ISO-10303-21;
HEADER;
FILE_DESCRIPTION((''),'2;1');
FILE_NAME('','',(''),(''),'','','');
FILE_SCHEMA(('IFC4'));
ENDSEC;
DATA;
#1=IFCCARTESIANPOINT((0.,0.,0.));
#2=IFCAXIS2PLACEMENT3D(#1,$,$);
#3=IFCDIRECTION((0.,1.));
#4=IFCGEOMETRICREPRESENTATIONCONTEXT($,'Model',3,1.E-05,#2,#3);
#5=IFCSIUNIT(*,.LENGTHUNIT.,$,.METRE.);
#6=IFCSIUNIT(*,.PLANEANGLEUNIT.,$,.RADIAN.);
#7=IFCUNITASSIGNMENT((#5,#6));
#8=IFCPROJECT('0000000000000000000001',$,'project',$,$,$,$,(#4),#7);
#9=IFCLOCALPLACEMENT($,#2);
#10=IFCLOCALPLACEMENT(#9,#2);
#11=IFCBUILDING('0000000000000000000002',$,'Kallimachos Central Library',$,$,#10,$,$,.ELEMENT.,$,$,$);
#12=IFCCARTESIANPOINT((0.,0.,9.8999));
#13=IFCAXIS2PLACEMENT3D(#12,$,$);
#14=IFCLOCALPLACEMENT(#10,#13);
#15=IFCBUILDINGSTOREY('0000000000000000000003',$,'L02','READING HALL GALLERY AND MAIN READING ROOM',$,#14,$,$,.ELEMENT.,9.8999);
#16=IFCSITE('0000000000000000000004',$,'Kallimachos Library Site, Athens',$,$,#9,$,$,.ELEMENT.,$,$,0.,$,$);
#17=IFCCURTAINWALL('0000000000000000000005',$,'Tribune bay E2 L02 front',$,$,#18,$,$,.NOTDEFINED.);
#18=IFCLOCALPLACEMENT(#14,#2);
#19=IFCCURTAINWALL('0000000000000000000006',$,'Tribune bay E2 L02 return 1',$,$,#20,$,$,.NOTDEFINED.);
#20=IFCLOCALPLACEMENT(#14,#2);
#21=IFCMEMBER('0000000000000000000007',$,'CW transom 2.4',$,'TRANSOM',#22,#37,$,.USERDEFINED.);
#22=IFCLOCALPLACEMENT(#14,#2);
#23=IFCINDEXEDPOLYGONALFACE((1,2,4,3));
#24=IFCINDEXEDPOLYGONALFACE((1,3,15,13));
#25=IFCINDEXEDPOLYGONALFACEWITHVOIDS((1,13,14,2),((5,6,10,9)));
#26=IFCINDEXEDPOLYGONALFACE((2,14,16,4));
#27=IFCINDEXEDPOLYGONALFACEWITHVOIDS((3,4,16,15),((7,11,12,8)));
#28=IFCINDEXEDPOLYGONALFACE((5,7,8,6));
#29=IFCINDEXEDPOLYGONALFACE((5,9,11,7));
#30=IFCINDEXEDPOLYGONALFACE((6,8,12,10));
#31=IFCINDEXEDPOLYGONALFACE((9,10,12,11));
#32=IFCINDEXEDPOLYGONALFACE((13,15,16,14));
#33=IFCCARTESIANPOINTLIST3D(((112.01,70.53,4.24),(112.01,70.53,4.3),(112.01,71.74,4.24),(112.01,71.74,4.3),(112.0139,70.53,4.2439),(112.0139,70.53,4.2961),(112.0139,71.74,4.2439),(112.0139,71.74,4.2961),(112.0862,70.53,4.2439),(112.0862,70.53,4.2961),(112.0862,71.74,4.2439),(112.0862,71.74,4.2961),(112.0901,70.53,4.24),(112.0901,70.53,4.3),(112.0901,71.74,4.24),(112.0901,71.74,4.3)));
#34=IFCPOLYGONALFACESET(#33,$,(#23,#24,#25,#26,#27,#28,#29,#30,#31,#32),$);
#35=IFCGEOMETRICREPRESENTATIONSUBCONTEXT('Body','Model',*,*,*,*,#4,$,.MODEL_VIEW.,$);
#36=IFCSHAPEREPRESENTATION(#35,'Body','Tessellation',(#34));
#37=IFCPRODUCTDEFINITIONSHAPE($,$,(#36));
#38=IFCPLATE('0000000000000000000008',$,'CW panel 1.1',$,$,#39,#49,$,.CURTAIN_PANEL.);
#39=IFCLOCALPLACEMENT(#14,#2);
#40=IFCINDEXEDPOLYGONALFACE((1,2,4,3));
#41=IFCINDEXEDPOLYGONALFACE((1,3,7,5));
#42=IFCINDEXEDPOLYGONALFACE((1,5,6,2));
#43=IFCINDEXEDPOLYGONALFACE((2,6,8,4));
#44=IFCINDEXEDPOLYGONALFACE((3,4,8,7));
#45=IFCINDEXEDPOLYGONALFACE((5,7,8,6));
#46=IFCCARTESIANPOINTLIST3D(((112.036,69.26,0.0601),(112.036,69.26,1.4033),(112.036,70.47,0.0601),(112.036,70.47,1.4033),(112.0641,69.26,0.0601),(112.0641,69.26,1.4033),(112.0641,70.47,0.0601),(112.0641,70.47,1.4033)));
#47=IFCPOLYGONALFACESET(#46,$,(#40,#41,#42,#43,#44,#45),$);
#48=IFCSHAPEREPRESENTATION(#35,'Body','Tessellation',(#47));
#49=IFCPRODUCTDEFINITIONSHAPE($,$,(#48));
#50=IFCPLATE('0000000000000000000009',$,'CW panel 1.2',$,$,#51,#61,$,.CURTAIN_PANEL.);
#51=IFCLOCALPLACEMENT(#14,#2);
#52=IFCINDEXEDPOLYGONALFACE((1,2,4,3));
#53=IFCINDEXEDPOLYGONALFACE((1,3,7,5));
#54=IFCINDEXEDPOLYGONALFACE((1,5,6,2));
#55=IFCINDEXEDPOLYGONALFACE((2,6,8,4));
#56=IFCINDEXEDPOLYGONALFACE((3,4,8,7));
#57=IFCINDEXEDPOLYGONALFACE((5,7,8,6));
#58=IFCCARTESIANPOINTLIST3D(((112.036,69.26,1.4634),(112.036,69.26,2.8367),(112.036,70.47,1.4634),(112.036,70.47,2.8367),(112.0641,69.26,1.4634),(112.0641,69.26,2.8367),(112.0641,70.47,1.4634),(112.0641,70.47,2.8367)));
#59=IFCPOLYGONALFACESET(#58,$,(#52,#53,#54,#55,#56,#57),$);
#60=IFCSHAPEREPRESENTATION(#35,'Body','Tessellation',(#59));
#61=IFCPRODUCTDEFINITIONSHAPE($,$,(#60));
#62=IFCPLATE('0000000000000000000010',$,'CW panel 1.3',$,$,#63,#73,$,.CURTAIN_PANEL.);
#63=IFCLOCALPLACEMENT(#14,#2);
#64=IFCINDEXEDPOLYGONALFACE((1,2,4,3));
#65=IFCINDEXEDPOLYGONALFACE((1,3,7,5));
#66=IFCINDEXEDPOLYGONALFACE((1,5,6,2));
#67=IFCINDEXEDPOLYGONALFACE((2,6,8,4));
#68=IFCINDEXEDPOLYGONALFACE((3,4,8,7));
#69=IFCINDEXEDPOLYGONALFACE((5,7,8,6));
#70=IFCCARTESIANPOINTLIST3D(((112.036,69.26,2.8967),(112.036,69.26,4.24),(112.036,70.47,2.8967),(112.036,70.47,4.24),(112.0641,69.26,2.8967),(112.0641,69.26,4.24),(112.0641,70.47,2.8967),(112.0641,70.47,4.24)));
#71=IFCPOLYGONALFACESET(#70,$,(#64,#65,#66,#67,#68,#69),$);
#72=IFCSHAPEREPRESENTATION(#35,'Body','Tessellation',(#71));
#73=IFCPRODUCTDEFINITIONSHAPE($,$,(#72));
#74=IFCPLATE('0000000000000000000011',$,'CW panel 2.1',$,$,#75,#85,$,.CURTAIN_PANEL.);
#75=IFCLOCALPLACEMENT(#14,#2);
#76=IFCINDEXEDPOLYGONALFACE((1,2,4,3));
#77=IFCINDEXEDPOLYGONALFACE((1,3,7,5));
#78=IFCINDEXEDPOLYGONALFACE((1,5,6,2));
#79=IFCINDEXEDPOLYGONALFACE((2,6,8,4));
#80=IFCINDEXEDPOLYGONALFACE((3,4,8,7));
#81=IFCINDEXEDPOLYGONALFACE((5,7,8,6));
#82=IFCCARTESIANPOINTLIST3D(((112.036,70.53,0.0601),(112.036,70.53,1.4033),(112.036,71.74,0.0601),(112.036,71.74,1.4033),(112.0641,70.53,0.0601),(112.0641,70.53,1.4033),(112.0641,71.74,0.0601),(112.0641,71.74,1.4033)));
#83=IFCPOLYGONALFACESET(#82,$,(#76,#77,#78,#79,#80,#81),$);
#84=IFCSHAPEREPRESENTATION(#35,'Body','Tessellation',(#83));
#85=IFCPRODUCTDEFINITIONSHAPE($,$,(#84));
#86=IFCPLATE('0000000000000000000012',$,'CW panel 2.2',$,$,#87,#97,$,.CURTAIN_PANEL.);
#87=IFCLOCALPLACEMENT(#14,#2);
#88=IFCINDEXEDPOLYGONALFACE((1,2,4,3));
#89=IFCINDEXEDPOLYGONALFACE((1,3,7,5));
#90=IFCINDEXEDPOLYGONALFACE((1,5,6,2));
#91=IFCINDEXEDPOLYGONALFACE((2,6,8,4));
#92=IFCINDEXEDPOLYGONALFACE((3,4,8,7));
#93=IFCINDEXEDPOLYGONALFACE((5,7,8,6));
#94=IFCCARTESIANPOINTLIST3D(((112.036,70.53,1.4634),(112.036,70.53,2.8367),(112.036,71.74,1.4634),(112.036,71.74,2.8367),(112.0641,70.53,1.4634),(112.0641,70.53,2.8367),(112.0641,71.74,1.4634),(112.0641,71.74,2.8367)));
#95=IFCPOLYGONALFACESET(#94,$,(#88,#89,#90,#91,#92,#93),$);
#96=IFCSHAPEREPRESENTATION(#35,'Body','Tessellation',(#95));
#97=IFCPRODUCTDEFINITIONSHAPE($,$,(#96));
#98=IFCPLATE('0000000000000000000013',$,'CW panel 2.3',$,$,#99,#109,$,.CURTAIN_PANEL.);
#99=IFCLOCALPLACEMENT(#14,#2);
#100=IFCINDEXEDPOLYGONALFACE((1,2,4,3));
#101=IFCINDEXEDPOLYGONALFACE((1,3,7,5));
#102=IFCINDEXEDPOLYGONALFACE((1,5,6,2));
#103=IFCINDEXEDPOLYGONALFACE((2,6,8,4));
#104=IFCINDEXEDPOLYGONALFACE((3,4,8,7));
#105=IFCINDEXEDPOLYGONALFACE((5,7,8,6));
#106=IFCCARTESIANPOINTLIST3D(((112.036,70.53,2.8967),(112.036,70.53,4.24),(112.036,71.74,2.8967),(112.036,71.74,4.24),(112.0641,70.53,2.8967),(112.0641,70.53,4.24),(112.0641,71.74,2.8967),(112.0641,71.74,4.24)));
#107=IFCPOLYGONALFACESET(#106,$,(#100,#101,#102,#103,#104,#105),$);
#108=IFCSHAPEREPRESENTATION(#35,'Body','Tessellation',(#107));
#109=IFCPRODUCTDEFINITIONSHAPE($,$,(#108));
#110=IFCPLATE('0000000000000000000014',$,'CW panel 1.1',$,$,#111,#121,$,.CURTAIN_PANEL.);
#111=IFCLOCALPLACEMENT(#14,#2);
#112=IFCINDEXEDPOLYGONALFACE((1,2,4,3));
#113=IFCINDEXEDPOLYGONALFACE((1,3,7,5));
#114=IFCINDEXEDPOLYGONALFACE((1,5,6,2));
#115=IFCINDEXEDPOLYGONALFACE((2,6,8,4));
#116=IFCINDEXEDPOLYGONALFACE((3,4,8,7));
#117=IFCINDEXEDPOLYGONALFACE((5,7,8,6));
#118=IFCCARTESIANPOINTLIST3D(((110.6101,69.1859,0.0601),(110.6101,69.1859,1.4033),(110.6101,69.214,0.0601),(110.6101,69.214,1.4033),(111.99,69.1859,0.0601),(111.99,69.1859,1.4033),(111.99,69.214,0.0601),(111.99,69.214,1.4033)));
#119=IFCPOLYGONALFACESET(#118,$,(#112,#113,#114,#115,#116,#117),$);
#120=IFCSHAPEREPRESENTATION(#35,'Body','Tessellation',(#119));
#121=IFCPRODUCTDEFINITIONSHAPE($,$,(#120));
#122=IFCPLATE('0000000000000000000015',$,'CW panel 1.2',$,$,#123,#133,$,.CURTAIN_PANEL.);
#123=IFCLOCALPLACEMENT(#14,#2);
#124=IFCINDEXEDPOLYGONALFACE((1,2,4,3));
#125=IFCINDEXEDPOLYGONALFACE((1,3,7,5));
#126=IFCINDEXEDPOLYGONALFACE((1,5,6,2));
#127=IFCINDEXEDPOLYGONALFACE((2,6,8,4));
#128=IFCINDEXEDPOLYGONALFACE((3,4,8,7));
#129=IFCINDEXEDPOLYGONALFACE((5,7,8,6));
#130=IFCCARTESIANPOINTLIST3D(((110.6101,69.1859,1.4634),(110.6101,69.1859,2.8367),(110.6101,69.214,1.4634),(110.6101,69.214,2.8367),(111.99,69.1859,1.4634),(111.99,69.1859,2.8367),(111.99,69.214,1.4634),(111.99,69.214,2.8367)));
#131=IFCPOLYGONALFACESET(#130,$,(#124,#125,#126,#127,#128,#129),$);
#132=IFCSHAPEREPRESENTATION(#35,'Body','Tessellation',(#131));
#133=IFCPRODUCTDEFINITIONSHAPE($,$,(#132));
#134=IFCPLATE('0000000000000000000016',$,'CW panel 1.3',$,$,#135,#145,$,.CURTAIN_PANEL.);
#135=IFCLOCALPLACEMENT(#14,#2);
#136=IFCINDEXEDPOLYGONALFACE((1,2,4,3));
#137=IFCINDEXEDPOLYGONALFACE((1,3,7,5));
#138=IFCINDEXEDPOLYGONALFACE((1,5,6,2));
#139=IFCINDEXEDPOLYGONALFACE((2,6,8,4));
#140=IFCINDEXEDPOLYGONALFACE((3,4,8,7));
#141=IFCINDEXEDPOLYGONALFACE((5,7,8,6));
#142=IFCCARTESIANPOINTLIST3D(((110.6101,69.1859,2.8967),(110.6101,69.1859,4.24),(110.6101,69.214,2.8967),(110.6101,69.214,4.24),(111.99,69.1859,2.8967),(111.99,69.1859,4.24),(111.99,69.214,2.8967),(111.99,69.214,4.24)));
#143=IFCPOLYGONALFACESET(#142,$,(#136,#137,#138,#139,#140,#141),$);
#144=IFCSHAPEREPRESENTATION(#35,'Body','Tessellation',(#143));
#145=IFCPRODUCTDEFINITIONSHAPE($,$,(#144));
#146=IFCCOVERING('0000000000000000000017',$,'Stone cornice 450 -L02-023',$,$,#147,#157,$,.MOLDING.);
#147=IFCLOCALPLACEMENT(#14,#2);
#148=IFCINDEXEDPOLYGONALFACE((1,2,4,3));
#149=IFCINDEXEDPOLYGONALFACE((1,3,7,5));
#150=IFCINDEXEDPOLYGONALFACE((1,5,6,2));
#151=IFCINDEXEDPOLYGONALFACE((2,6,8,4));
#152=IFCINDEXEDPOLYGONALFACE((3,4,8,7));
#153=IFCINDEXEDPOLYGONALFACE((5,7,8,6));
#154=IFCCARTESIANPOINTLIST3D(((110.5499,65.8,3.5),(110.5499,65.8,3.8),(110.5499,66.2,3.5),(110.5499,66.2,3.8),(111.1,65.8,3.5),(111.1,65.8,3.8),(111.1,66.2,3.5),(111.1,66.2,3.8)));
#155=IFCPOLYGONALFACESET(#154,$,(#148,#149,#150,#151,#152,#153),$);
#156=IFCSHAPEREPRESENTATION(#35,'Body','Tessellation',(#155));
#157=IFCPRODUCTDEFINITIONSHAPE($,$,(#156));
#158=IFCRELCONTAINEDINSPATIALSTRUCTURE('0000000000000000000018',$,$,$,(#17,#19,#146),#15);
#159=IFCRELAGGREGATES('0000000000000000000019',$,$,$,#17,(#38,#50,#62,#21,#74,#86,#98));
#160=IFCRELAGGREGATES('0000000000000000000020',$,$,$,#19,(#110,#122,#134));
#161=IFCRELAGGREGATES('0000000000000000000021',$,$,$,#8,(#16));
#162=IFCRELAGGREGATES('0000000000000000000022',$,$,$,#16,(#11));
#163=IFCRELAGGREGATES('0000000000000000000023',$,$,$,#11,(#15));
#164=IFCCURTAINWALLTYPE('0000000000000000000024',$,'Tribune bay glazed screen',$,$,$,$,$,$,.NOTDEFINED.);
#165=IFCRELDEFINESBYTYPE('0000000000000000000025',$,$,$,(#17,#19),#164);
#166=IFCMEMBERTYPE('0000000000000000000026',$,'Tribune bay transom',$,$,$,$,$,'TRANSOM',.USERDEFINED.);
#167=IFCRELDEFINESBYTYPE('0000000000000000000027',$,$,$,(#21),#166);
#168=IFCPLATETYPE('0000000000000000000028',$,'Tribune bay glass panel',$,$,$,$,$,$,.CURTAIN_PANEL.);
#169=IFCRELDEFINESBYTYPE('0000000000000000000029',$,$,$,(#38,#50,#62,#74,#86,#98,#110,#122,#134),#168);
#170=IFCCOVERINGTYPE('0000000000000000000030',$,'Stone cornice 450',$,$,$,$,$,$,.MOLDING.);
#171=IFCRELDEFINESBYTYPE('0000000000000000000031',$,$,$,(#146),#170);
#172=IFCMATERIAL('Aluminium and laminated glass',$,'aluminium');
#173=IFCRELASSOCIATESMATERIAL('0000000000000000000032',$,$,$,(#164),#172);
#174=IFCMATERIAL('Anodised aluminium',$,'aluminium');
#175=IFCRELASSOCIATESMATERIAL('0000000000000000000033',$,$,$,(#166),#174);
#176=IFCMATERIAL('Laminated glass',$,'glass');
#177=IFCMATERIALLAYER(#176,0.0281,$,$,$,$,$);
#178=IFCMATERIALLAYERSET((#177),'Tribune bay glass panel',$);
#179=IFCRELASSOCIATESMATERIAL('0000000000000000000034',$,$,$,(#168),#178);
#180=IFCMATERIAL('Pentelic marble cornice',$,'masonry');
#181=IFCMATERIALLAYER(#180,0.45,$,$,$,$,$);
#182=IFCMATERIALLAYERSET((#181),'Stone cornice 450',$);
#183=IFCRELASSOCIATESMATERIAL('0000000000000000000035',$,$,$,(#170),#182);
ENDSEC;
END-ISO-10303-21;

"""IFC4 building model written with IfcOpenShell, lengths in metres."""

from ifc_helpers import new_model, si_unit, direction, frame, origin, origin_2d, place, context, subcontext, project, spatial, rectangle, hollow_rectangle, extrude, material, layer, layer_set, material_profile, profile_set, type_object, element, aggregate, save


model = new_model("IFC4")

# Units and contexts
model_context = context("Model", 3, precision=1e-05, world=origin(), true_north=direction((0.0, 1.0)))
body_context = subcontext(model_context, "Body", "Model", "MODEL_VIEW")
ifc_project = project(units=[si_unit("LENGTHUNIT", "METRE"), si_unit("PLANEANGLEUNIT", "RADIAN")], contexts=[model_context])

# Site, building, storey
site_placement = place(None, origin())
site = spatial("IfcSite", under=ifc_project, at=site_placement, Name="Kallimachos Library Site, Athens", CompositionType="ELEMENT", RefElevation=0.0)
building_placement = place(site_placement, origin())
building = spatial("IfcBuilding", under=site, at=building_placement, Name="Kallimachos Central Library", CompositionType="ELEMENT")
storey_placement = place(building_placement, frame((0.0, 0.0, 9.8999)))
storey = spatial("IfcBuildingStorey", under=building, at=storey_placement, Name="L02", Description="READING HALL GALLERY AND MAIN READING ROOM", CompositionType="ELEMENT", Elevation=9.8999)

# Curtain wall
ifc_material_1 = material(Name="Aluminium and laminated glass", Category="aluminium")
curtain_wall_type = type_object("IfcCurtainWallType", Name="Tribune bay glazed screen", PredefinedType="NOTDEFINED", material=ifc_material_1)
curtain_wall_1_placement = place(storey_placement, origin())
curtain_wall_1 = element("IfcCurtainWall", 1, at=curtain_wall_1_placement, inside=storey, type_object=curtain_wall_type, Name="Tribune bay E2 L02 front", PredefinedType="NOTDEFINED")

# Curtain wall
curtain_wall_2_placement = place(storey_placement, origin())
curtain_wall_2 = element("IfcCurtainWall", 2, at=curtain_wall_2_placement, inside=storey, type_object=curtain_wall_type, Name="Tribune bay E2 L02 return 1", PredefinedType="NOTDEFINED")

# Member
ifc_material_2 = material(Name="Anodised aluminium", Category="aluminium")
ifc_material_profile_1 = material_profile(ifc_material_2, hollow_rectangle(XDim=0.0601, YDim=0.0801, WallThickness=0.0039, at=origin_2d()), Name="ALU TRANSOM 60x80")
ifc_profile_set_1 = profile_set([ifc_material_profile_1], Name="Anodised aluminium")
member_type_1 = type_object("IfcMemberType", Name="Tribune bay transom", ElementType="TRANSOM", PredefinedType="USERDEFINED", material=ifc_profile_set_1)
member_1_placement = place(storey_placement, frame((112.05, 70.53, 4.27), z_axis=(0.0, 1.0, 0.0), x_axis=(0.0, 0.0, 1.0)))
member_1 = element("IfcMember", 3, at=member_1_placement, type_object=member_type_1, Name="CW transom 2.4", ObjectType="TRANSOM", PredefinedType="USERDEFINED", context=body_context, shape_type="SweptSolid", body=[
    extrude(hollow_rectangle(XDim=0.0601, YDim=0.0801, WallThickness=0.0039, at=origin_2d()), origin(), (0.0, 0.0, 1.0), 1.21),
])

# Plates
ifc_material_3 = material(Name="Laminated glass", Category="glass")
ifc_layer_1 = layer(ifc_material_3, 0.0281)
ifc_layer_set_1 = layer_set([ifc_layer_1], Name="Tribune bay glass panel")
plate_type = type_object("IfcPlateType", Name="Tribune bay glass panel", PredefinedType="CURTAIN_PANEL", material=ifc_layer_set_1)
plate_1_placement = place(storey_placement, frame((112.05, 69.865, 0.0601), z_axis=(0.0, 0.0, 1.0), x_axis=(0.0, 1.0, 0.0)))
plate_1 = element("IfcPlate", 4, at=plate_1_placement, type_object=plate_type, Name="CW panel 1.1", PredefinedType="CURTAIN_PANEL", context=body_context, shape_type="SweptSolid", body=[
    extrude(rectangle(XDim=1.21, YDim=0.0281, at=origin_2d()), origin(), (0.0, 0.0, 1.0), 1.3433),
])
plate_2_placement = place(storey_placement, frame((112.05, 69.865, 1.4634), z_axis=(0.0, 0.0, 1.0), x_axis=(0.0, 1.0, 0.0)))
plate_2 = element("IfcPlate", 5, at=plate_2_placement, type_object=plate_type, Name="CW panel 1.2", PredefinedType="CURTAIN_PANEL", context=body_context, shape_type="SweptSolid", body=[
    extrude(rectangle(XDim=1.21, YDim=0.0281, at=origin_2d()), origin(), (0.0, 0.0, 1.0), 1.3733),
])
plate_3_placement = place(storey_placement, frame((112.05, 69.865, 2.8967), z_axis=(0.0, 0.0, 1.0), x_axis=(0.0, 1.0, 0.0)))
plate_3 = element("IfcPlate", 6, at=plate_3_placement, type_object=plate_type, Name="CW panel 1.3", PredefinedType="CURTAIN_PANEL", context=body_context, shape_type="SweptSolid", body=[
    extrude(rectangle(XDim=1.21, YDim=0.0281, at=origin_2d()), origin(), (0.0, 0.0, 1.0), 1.3433),
])
plate_4_placement = place(storey_placement, frame((112.05, 71.135, 0.0601), z_axis=(0.0, 0.0, 1.0), x_axis=(0.0, 1.0, 0.0)))
plate_4 = element("IfcPlate", 7, at=plate_4_placement, type_object=plate_type, Name="CW panel 2.1", PredefinedType="CURTAIN_PANEL", context=body_context, shape_type="SweptSolid", body=[
    extrude(rectangle(XDim=1.21, YDim=0.0281, at=origin_2d()), origin(), (0.0, 0.0, 1.0), 1.3433),
])
plate_5_placement = place(storey_placement, frame((112.05, 71.135, 1.4634), z_axis=(0.0, 0.0, 1.0), x_axis=(0.0, 1.0, 0.0)))
plate_5 = element("IfcPlate", 8, at=plate_5_placement, type_object=plate_type, Name="CW panel 2.2", PredefinedType="CURTAIN_PANEL", context=body_context, shape_type="SweptSolid", body=[
    extrude(rectangle(XDim=1.21, YDim=0.0281, at=origin_2d()), origin(), (0.0, 0.0, 1.0), 1.3733),
])
plate_6_placement = place(storey_placement, frame((112.05, 71.135, 2.8967), z_axis=(0.0, 0.0, 1.0), x_axis=(0.0, 1.0, 0.0)))
plate_6 = element("IfcPlate", 9, at=plate_6_placement, type_object=plate_type, Name="CW panel 2.3", PredefinedType="CURTAIN_PANEL", context=body_context, shape_type="SweptSolid", body=[
    extrude(rectangle(XDim=1.21, YDim=0.0281, at=origin_2d()), origin(), (0.0, 0.0, 1.0), 1.3433),
])
aggregate(curtain_wall_1, [plate_1, plate_2, plate_3, member_1, plate_4, plate_5, plate_6])
plate_7_placement = place(storey_placement, frame((111.3, 69.2, 0.0601), z_axis=(0.0, 0.0, 1.0), x_axis=(1.0, 0.0, 0.0)))
plate_7 = element("IfcPlate", 10, at=plate_7_placement, type_object=plate_type, Name="CW panel 1.1", PredefinedType="CURTAIN_PANEL", context=body_context, shape_type="SweptSolid", body=[
    extrude(rectangle(XDim=1.3799, YDim=0.0281, at=origin_2d()), origin(), (0.0, 0.0, 1.0), 1.3433),
])
plate_8_placement = place(storey_placement, frame((111.3, 69.2, 1.4634), z_axis=(0.0, 0.0, 1.0), x_axis=(1.0, 0.0, 0.0)))
plate_8 = element("IfcPlate", 11, at=plate_8_placement, type_object=plate_type, Name="CW panel 1.2", PredefinedType="CURTAIN_PANEL", context=body_context, shape_type="SweptSolid", body=[
    extrude(rectangle(XDim=1.3799, YDim=0.0281, at=origin_2d()), origin(), (0.0, 0.0, 1.0), 1.3733),
])
plate_9_placement = place(storey_placement, frame((111.3, 69.2, 2.8967), z_axis=(0.0, 0.0, 1.0), x_axis=(1.0, 0.0, 0.0)))
plate_9 = element("IfcPlate", 12, at=plate_9_placement, type_object=plate_type, Name="CW panel 1.3", PredefinedType="CURTAIN_PANEL", context=body_context, shape_type="SweptSolid", body=[
    extrude(rectangle(XDim=1.3799, YDim=0.0281, at=origin_2d()), origin(), (0.0, 0.0, 1.0), 1.3433),
])
aggregate(curtain_wall_2, [plate_7, plate_8, plate_9])

# Covering
ifc_material_4 = material(Name="Pentelic marble cornice", Category="masonry")
ifc_layer_2 = layer(ifc_material_4, 0.45)
ifc_layer_set_2 = layer_set([ifc_layer_2], Name="Stone cornice 450")
covering_type = type_object("IfcCoveringType", Name="Stone cornice 450", PredefinedType="MOLDING", material=ifc_layer_set_2)
covering_placement = place(storey_placement, frame((110.825, 66.0, 3.5), z_axis=(0.0, 0.0, 1.0), x_axis=(1.0, 0.0, 0.0)))
element("IfcCovering", 13, at=covering_placement, inside=storey, type_object=covering_type, Name="Stone cornice 450 -L02-023", PredefinedType="MOLDING", context=body_context, shape_type="SweptSolid", body=[
    extrude(rectangle(XDim=0.55, YDim=0.3999, at=origin_2d()), origin(), (0.0, 0.0, 1.0), 0.3),
])

save(model, "model.ifc")
